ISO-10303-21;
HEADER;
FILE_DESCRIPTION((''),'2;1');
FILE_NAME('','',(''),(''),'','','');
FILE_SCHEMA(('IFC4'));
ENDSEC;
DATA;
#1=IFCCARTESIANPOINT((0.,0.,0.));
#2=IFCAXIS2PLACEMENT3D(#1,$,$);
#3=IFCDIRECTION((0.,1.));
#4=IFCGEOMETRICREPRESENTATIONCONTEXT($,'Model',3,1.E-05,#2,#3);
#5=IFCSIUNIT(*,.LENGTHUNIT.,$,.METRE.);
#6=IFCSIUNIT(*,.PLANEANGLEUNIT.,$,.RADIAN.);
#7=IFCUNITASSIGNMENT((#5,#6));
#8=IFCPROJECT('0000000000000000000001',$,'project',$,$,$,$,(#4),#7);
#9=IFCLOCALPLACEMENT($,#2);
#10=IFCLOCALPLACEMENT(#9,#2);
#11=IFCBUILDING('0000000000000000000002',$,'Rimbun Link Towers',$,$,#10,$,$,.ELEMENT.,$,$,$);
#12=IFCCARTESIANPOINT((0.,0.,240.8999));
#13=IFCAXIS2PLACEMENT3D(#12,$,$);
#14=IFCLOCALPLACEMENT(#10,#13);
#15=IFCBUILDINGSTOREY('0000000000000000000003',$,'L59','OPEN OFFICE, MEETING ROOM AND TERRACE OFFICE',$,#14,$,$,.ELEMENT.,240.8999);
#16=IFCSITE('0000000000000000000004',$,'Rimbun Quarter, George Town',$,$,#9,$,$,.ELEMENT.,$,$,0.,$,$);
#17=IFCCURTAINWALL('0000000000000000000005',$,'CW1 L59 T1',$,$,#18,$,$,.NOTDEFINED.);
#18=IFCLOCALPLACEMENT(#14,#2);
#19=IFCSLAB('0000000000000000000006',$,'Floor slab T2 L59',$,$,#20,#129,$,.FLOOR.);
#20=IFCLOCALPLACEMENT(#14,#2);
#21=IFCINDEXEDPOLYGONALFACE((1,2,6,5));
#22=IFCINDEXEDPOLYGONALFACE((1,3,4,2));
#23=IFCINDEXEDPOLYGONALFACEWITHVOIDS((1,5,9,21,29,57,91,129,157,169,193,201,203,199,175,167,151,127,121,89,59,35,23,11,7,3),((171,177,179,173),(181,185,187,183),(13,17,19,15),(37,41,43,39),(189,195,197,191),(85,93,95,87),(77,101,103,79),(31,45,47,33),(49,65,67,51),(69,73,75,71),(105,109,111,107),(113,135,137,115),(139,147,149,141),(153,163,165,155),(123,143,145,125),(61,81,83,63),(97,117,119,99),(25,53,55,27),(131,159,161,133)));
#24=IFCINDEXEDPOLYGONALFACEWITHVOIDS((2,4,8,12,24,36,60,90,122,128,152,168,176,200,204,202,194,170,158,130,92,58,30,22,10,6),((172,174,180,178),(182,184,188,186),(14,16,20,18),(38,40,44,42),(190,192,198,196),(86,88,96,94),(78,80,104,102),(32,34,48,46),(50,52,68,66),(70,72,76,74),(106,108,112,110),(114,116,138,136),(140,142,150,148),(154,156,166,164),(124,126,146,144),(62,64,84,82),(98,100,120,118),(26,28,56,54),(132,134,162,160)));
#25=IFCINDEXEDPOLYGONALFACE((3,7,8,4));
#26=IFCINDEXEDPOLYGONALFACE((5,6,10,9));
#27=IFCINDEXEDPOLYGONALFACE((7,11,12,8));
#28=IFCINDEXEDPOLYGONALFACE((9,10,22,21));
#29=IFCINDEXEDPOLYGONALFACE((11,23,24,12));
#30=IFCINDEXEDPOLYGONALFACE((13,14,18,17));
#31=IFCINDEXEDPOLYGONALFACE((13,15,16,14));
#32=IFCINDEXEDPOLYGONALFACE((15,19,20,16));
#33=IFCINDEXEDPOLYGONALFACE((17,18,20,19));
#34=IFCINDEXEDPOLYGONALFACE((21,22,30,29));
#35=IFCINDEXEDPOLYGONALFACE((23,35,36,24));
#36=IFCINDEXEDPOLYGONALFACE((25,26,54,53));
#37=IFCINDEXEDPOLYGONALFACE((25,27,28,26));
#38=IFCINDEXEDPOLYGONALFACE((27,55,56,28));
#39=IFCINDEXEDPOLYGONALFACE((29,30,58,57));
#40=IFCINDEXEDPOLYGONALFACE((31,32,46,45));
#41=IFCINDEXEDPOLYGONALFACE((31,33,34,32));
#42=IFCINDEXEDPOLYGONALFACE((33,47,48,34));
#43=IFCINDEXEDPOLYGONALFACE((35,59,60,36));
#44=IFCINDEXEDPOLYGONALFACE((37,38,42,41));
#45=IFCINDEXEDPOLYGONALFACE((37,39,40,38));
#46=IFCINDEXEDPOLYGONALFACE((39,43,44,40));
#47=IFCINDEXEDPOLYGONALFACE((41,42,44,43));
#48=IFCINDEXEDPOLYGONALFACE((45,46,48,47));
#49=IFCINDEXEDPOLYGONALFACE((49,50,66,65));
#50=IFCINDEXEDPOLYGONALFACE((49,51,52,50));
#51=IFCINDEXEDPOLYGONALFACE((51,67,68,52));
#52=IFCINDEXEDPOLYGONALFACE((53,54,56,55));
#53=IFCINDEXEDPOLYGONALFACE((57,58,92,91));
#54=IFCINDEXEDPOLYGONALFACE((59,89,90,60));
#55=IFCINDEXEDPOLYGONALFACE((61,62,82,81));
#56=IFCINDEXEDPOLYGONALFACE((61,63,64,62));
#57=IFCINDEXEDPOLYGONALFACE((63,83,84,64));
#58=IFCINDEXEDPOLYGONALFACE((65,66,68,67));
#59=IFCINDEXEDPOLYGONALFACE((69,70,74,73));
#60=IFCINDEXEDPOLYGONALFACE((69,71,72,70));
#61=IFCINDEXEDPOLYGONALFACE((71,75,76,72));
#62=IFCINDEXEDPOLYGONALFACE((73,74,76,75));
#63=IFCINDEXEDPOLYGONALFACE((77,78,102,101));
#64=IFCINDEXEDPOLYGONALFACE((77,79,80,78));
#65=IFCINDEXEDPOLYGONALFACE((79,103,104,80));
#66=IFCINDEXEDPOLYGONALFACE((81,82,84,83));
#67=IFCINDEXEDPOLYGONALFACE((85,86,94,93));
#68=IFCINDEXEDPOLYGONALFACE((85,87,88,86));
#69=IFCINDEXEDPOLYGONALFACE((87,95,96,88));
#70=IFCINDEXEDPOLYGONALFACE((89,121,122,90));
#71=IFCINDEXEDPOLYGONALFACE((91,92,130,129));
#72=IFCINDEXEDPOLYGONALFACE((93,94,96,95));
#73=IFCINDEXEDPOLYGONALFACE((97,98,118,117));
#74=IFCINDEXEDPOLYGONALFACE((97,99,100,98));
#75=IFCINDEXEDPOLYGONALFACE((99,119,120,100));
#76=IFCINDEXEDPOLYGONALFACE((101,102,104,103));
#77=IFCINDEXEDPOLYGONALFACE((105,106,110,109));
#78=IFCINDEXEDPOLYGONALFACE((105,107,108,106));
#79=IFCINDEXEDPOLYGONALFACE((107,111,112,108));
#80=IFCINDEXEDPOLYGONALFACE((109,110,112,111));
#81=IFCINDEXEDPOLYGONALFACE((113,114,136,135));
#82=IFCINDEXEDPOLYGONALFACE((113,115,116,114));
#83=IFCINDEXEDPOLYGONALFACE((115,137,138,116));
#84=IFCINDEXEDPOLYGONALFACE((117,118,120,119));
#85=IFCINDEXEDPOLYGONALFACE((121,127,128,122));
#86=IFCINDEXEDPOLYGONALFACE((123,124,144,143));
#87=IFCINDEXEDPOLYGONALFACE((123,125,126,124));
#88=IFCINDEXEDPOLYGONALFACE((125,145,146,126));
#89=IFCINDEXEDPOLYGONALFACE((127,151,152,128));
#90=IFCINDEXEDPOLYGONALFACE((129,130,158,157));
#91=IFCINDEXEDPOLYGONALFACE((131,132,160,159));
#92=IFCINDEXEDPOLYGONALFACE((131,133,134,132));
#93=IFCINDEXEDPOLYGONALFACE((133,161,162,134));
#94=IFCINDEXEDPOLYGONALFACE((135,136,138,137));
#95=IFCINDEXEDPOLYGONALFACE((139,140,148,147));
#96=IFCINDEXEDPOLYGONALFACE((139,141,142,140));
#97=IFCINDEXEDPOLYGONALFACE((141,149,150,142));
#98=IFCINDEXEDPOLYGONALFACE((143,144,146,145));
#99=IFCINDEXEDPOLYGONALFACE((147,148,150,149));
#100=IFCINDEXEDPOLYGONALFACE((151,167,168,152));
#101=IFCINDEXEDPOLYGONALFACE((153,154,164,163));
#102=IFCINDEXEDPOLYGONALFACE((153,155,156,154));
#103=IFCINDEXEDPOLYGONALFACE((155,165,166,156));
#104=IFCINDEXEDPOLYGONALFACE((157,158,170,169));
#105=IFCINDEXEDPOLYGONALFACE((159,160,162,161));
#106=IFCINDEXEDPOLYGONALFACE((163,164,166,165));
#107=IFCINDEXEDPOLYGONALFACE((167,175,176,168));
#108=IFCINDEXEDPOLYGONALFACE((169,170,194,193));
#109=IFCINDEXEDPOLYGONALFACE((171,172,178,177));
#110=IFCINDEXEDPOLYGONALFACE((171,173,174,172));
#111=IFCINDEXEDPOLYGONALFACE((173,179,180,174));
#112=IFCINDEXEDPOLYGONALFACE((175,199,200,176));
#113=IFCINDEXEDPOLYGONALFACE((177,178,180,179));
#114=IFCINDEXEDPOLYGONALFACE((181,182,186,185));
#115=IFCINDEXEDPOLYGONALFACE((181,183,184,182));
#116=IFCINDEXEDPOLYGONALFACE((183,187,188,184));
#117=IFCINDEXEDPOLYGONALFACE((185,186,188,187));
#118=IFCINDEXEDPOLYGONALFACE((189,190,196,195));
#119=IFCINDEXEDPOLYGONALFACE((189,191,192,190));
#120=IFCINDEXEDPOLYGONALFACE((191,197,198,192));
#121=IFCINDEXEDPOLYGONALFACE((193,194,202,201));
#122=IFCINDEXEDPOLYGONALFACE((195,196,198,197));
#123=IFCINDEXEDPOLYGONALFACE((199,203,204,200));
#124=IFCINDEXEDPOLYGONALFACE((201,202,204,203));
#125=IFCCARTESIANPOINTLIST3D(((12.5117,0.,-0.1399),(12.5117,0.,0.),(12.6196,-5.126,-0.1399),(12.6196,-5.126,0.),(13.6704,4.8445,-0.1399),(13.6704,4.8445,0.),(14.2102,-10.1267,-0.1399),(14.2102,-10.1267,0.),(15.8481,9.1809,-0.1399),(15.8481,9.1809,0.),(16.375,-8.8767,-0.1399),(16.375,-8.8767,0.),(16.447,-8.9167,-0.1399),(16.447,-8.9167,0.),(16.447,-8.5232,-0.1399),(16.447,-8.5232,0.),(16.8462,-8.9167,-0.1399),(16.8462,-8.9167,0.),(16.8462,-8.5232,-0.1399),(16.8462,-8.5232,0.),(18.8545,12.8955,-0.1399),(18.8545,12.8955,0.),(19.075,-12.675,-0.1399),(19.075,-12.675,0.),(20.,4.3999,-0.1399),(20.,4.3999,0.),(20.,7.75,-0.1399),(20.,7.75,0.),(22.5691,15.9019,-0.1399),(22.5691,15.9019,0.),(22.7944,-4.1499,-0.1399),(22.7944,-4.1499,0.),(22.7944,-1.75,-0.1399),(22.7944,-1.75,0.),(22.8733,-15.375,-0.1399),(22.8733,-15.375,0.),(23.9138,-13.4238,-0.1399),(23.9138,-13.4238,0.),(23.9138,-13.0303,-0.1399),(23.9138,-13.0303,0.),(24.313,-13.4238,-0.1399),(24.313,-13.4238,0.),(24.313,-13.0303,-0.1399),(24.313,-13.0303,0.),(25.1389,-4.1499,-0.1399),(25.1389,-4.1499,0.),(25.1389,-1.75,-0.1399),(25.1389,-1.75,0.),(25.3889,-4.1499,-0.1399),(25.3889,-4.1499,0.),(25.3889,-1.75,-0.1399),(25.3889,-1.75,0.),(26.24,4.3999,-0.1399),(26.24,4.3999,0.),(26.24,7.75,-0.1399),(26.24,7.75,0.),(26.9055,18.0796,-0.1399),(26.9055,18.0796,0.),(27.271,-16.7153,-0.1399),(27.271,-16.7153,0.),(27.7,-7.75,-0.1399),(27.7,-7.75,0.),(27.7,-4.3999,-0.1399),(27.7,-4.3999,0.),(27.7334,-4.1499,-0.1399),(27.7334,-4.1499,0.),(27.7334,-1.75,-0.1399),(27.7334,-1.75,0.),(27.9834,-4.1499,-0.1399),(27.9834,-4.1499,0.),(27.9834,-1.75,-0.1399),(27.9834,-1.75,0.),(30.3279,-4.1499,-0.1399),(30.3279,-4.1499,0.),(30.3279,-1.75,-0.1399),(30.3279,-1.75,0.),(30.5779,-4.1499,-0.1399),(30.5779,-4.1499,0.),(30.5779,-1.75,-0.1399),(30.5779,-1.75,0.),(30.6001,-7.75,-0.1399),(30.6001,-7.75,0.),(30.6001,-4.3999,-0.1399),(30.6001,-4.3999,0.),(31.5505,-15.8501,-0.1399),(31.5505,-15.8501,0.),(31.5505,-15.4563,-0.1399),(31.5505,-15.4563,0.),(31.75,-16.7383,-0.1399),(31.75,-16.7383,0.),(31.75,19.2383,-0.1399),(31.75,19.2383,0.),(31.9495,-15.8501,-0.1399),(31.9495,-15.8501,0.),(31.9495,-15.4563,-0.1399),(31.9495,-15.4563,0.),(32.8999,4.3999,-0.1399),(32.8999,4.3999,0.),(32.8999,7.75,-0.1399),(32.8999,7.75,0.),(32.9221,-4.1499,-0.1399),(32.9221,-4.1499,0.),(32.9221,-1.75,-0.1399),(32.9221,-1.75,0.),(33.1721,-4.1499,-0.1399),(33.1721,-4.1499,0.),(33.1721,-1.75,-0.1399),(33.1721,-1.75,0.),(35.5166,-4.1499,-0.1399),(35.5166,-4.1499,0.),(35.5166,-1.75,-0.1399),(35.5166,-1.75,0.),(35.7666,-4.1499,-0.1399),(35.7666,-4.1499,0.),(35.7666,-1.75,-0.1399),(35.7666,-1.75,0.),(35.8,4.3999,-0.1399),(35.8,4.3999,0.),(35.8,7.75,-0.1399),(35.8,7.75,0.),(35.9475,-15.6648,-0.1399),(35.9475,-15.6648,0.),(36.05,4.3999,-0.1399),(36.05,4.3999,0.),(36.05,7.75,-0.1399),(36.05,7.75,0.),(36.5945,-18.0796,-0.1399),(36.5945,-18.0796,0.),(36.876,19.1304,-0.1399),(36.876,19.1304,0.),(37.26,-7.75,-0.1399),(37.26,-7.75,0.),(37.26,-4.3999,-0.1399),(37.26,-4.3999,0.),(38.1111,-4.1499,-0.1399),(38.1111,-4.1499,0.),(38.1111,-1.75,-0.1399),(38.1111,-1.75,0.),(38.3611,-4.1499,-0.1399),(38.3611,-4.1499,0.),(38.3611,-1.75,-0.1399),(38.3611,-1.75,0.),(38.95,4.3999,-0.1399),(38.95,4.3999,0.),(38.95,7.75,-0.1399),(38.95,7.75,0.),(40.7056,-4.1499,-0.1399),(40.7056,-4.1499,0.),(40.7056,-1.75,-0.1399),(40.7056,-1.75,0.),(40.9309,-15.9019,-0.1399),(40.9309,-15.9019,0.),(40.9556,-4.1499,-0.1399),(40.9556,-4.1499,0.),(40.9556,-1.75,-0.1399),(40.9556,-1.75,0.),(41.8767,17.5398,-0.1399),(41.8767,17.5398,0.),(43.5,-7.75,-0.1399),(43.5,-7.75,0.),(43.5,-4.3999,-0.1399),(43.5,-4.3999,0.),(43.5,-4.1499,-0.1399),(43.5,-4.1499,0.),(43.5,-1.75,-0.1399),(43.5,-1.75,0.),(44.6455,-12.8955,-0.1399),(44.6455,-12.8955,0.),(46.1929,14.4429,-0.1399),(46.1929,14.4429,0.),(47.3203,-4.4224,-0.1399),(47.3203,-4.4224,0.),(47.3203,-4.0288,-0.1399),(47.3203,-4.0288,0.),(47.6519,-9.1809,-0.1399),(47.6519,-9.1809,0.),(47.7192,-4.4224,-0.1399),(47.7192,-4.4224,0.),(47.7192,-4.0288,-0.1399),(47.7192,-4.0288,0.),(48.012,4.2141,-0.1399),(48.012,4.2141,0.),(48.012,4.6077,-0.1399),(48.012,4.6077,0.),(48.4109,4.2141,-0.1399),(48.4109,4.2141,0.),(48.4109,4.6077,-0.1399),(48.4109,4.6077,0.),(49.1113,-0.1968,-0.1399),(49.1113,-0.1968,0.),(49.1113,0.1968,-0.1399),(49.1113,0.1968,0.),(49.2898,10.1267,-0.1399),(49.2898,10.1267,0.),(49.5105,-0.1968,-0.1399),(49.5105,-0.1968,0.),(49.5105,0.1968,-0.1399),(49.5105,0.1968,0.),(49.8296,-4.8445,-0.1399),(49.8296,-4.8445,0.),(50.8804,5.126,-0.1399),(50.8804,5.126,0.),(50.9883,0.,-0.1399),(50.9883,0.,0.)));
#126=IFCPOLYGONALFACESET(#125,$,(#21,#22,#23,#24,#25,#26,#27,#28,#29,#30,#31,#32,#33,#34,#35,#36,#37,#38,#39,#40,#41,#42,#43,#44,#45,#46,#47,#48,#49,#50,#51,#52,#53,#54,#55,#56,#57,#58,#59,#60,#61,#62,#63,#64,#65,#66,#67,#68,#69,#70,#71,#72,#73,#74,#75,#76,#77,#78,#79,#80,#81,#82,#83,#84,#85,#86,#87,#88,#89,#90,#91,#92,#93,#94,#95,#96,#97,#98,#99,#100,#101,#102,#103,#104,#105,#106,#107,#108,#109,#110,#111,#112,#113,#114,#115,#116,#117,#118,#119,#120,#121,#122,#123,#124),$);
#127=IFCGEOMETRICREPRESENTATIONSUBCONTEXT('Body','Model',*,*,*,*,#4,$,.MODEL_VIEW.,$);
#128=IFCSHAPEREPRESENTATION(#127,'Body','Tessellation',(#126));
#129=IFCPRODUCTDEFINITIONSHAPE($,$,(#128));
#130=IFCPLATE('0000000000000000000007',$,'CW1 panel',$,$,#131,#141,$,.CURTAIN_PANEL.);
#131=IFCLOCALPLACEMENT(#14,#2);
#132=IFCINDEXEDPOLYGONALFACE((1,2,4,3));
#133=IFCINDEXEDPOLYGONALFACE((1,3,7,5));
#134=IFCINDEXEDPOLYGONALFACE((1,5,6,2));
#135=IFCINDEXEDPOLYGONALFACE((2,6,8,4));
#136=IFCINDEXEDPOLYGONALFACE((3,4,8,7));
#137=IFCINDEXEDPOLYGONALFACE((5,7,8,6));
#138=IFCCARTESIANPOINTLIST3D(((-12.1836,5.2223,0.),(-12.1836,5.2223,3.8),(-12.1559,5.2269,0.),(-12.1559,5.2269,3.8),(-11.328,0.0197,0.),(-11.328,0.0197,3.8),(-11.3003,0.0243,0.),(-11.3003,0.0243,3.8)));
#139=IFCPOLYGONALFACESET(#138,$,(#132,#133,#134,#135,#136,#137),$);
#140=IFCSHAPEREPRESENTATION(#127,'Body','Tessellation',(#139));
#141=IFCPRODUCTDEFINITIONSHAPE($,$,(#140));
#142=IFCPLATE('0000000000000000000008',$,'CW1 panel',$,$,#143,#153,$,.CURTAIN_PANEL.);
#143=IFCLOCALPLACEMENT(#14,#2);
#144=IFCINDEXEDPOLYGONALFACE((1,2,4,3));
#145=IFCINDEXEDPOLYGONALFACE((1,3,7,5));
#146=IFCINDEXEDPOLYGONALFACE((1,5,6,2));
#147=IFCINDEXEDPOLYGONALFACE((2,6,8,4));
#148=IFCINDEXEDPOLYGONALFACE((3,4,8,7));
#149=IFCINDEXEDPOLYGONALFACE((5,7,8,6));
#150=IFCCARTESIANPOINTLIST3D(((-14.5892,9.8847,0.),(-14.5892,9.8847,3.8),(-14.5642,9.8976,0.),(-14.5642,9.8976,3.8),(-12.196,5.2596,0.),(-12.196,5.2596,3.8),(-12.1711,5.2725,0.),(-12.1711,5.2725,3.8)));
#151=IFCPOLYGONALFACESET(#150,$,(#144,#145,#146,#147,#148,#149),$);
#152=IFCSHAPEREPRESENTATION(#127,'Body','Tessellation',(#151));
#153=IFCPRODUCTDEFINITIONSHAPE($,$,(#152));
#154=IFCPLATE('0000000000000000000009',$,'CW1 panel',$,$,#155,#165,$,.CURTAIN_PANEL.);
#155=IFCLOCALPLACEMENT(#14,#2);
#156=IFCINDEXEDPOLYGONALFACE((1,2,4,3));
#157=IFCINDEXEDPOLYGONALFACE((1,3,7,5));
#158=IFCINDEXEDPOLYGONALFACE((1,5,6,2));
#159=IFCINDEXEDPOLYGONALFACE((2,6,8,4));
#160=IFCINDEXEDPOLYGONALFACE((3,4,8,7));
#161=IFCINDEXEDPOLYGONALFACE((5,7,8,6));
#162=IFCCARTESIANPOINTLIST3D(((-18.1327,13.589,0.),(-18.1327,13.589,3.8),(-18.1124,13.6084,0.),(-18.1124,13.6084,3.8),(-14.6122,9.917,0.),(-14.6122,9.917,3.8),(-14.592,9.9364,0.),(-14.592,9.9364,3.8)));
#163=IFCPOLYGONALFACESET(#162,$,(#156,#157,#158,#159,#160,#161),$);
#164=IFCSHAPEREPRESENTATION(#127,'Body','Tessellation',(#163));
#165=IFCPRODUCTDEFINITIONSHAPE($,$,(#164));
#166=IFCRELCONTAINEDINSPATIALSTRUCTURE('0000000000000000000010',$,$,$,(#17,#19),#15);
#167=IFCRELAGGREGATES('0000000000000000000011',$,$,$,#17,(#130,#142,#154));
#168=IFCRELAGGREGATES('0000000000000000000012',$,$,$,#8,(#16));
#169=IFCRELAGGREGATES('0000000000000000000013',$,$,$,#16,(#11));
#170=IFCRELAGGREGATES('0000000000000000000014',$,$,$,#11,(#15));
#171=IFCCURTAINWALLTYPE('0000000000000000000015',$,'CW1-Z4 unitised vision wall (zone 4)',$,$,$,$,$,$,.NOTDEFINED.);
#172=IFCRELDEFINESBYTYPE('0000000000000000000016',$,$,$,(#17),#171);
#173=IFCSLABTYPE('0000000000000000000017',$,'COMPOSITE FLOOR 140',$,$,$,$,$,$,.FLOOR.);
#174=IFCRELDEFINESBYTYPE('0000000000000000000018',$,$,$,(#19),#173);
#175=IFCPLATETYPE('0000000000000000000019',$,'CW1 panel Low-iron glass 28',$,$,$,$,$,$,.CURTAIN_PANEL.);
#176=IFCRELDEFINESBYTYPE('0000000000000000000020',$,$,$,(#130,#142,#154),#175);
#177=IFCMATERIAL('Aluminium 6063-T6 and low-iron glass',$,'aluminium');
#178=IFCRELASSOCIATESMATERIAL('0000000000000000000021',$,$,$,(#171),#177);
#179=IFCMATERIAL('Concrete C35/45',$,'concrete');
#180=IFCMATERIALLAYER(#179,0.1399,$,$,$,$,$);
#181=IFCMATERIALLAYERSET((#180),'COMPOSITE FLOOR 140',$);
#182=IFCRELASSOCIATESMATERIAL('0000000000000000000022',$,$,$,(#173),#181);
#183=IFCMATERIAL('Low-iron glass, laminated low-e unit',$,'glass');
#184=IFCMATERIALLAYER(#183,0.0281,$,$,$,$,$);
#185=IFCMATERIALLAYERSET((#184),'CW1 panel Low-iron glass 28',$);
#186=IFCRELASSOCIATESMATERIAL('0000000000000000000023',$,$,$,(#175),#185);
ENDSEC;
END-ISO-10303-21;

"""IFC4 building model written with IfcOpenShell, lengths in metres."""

from ifc_helpers import new_model, si_unit, direction, frame, origin, origin_2d, place, context, subcontext, project, spatial, polyline, rectangle, outline, extrude, material, layer, layer_set, type_object, element, aggregate, save


model = new_model("IFC4")

# Units and contexts
model_context = context("Model", 3, precision=1e-05, world=origin(), true_north=direction((0.0, 1.0)))
body_context = subcontext(model_context, "Body", "Model", "MODEL_VIEW")
ifc_project = project(units=[si_unit("LENGTHUNIT", "METRE"), si_unit("PLANEANGLEUNIT", "RADIAN")], contexts=[model_context])

# Site, building, storey
site_placement = place(None, origin())
site = spatial("IfcSite", under=ifc_project, at=site_placement, Name="Rimbun Quarter, George Town", CompositionType="ELEMENT", RefElevation=0.0)
building_placement = place(site_placement, origin())
building = spatial("IfcBuilding", under=site, at=building_placement, Name="Rimbun Link Towers", CompositionType="ELEMENT")
storey_placement = place(building_placement, frame((0.0, 0.0, 240.8999)))
storey = spatial("IfcBuildingStorey", under=building, at=storey_placement, Name="L59", Description="OPEN OFFICE, MEETING ROOM AND TERRACE OFFICE", CompositionType="ELEMENT", Elevation=240.8999)

# Curtain wall
ifc_material_1 = material(Name="Aluminium 6063-T6 and low-iron glass", Category="aluminium")
curtain_wall_type = type_object("IfcCurtainWallType", Name="CW1-Z4 unitised vision wall (zone 4)", PredefinedType="NOTDEFINED", material=ifc_material_1)
curtain_wall_placement = place(storey_placement, origin())
curtain_wall = element("IfcCurtainWall", 1, at=curtain_wall_placement, inside=storey, type_object=curtain_wall_type, Name="CW1 L59 T1", PredefinedType="NOTDEFINED")

# Slab
ifc_material_2 = material(Name="Concrete C35/45", Category="concrete")
ifc_layer_1 = layer(ifc_material_2, 0.1399)
ifc_layer_set_1 = layer_set([ifc_layer_1], Name="COMPOSITE FLOOR 140")
slab_type = type_object("IfcSlabType", Name="COMPOSITE FLOOR 140", PredefinedType="FLOOR", material=ifc_layer_set_1)
slab_placement = place(storey_placement, frame((0.0, 0.0, -0.1399)))
element("IfcSlab", 2, at=slab_placement, inside=storey, type_object=slab_type, Name="Floor slab T2 L59", PredefinedType="FLOOR", context=body_context, shape_type="SweptSolid", body=[
    extrude(outline(polyline([(12.6196, -5.126), (12.5117, 0.0), (13.6704, 4.8445), (15.8481, 9.1809), (18.8545, 12.8955), (22.5691, 15.9019), (26.9055, 18.0796), (31.75, 19.2383), (36.876, 19.1304), (41.8767, 17.5398), (46.1929, 14.4429), (49.2898, 10.1267), (50.8804, 5.126), (50.9883, 0.0), (49.8296, -4.8445), (47.6519, -9.1809), (44.6455, -12.8955), (40.9309, -15.9019), (36.5945, -18.0796), (35.9475, -15.6648), (31.75, -16.7383), (27.271, -16.7153), (22.8733, -15.375), (19.075, -12.675), (16.375, -8.8767), (14.2102, -10.1267), (12.6196, -5.126)]), holes=[polyline([(31.9495, -15.8501), (31.9495, -15.4563), (31.5505, -15.4563), (31.5505, -15.8501), (31.9495, -15.8501)]), polyline([(24.313, -13.4238), (24.313, -13.0303), (23.9138, -13.0303), (23.9138, -13.4238), (24.313, -13.4238)]), polyline([(16.8462, -8.9167), (16.8462, -8.5232), (16.447, -8.5232), (16.447, -8.9167), (16.8462, -8.9167)]), polyline([(30.6001, -7.75), (30.6001, -4.3999), (27.7, -4.3999), (27.7, -7.75), (30.6001, -7.75)]), polyline([(25.1389, -4.1499), (25.1389, -1.75), (22.7944, -1.75), (22.7944, -4.1499), (25.1389, -4.1499)]), polyline([(27.7334, -4.1499), (27.7334, -1.75), (25.3889, -1.75), (25.3889, -4.1499), (27.7334, -4.1499)]), polyline([(30.3279, -4.1499), (30.3279, -1.75), (27.9834, -1.75), (27.9834, -4.1499), (30.3279, -4.1499)]), polyline([(30.5779, -4.1499), (32.9221, -4.1499), (32.9221, -1.75), (30.5779, -1.75), (30.5779, -4.1499)]), polyline([(33.1721, -4.1499), (35.5166, -4.1499), (35.5166, -1.75), (33.1721, -1.75), (33.1721, -4.1499)]), polyline([(26.24, 4.3999), (26.24, 7.75), (20.0, 7.75), (20.0, 4.3999), (26.24, 4.3999)]), polyline([(43.5, -7.75), (43.5, -4.3999), (37.26, -4.3999), (37.26, -7.75), (43.5, -7.75)]), polyline([(47.7192, -4.4224), (47.7192, -4.0288), (47.3203, -4.0288), (47.3203, -4.4224), (47.7192, -4.4224)]), polyline([(35.7666, -4.1499), (38.1111, -4.1499), (38.1111, -1.75), (35.7666, -1.75), (35.7666, -4.1499)]), polyline([(38.3611, -4.1499), (40.7056, -4.1499), (40.7056, -1.75), (38.3611, -1.75), (38.3611, -4.1499)]), polyline([(43.5, -4.1499), (43.5, -1.75), (40.9556, -1.75), (40.9556, -4.1499), (43.5, -4.1499)]), polyline([(49.5105, -0.1968), (49.5105, 0.1968), (49.1113, 0.1968), (49.1113, -0.1968), (49.5105, -0.1968)]), polyline([(48.4109, 4.2141), (48.4109, 4.6077), (48.012, 4.6077), (48.012, 4.2141), (48.4109, 4.2141)]), polyline([(32.8999, 4.3999), (35.8, 4.3999), (35.8, 7.75), (32.8999, 7.75), (32.8999, 4.3999)]), polyline([(36.05, 4.3999), (38.95, 4.3999), (38.95, 7.75), (36.05, 7.75), (36.05, 4.3999)])]), origin(), (0.0, 0.0, 1.0), 0.1399),
])

# Plates
ifc_material_3 = material(Name="Low-iron glass, laminated low-e unit", Category="glass")
ifc_layer_2 = layer(ifc_material_3, 0.0281)
ifc_layer_set_2 = layer_set([ifc_layer_2], Name="CW1 panel Low-iron glass 28")
plate_type = type_object("IfcPlateType", Name="CW1 panel Low-iron glass 28", PredefinedType="CURTAIN_PANEL", material=ifc_layer_set_2)
plate_1_placement = place(storey_placement, frame((-11.7419, 2.6233, 0.0), z_axis=(0.0, 0.0, 1.0), x_axis=(0.162262, -0.986748, 0.0)))
plate_1 = element("IfcPlate", 3, at=plate_1_placement, type_object=plate_type, Name="CW1 panel", PredefinedType="CURTAIN_PANEL", context=body_context, shape_type="SweptSolid", body=[
    extrude(rectangle(XDim=5.2725, YDim=0.0281, at=origin_2d()), origin(), (0.0, 0.0, 1.0), 3.8),
])
plate_2_placement = place(storey_placement, frame((-13.3801, 7.5786, 0.0), z_axis=(0.0, 0.0, 1.0), x_axis=(0.45955, -0.888152, 0.0)))
plate_2 = element("IfcPlate", 4, at=plate_2_placement, type_object=plate_type, Name="CW1 panel", PredefinedType="CURTAIN_PANEL", context=body_context, shape_type="SweptSolid", body=[
    extrude(rectangle(XDim=5.2075, YDim=0.0281, at=origin_2d()), origin(), (0.0, 0.0, 1.0), 3.8),
])
plate_3_placement = place(storey_placement, frame((-16.3623, 11.7627, 0.0), z_axis=(0.0, 0.0, 1.0), x_axis=(0.692058, -0.721842, 0.0)))
plate_3 = element("IfcPlate", 5, at=plate_3_placement, type_object=plate_type, Name="CW1 panel", PredefinedType="CURTAIN_PANEL", context=body_context, shape_type="SweptSolid", body=[
    extrude(rectangle(XDim=5.0869, YDim=0.0281, at=origin_2d()), origin(), (0.0, 0.0, 1.0), 3.8),
])
aggregate(curtain_wall, [plate_1, plate_2, plate_3])

save(model, "model.ifc")
